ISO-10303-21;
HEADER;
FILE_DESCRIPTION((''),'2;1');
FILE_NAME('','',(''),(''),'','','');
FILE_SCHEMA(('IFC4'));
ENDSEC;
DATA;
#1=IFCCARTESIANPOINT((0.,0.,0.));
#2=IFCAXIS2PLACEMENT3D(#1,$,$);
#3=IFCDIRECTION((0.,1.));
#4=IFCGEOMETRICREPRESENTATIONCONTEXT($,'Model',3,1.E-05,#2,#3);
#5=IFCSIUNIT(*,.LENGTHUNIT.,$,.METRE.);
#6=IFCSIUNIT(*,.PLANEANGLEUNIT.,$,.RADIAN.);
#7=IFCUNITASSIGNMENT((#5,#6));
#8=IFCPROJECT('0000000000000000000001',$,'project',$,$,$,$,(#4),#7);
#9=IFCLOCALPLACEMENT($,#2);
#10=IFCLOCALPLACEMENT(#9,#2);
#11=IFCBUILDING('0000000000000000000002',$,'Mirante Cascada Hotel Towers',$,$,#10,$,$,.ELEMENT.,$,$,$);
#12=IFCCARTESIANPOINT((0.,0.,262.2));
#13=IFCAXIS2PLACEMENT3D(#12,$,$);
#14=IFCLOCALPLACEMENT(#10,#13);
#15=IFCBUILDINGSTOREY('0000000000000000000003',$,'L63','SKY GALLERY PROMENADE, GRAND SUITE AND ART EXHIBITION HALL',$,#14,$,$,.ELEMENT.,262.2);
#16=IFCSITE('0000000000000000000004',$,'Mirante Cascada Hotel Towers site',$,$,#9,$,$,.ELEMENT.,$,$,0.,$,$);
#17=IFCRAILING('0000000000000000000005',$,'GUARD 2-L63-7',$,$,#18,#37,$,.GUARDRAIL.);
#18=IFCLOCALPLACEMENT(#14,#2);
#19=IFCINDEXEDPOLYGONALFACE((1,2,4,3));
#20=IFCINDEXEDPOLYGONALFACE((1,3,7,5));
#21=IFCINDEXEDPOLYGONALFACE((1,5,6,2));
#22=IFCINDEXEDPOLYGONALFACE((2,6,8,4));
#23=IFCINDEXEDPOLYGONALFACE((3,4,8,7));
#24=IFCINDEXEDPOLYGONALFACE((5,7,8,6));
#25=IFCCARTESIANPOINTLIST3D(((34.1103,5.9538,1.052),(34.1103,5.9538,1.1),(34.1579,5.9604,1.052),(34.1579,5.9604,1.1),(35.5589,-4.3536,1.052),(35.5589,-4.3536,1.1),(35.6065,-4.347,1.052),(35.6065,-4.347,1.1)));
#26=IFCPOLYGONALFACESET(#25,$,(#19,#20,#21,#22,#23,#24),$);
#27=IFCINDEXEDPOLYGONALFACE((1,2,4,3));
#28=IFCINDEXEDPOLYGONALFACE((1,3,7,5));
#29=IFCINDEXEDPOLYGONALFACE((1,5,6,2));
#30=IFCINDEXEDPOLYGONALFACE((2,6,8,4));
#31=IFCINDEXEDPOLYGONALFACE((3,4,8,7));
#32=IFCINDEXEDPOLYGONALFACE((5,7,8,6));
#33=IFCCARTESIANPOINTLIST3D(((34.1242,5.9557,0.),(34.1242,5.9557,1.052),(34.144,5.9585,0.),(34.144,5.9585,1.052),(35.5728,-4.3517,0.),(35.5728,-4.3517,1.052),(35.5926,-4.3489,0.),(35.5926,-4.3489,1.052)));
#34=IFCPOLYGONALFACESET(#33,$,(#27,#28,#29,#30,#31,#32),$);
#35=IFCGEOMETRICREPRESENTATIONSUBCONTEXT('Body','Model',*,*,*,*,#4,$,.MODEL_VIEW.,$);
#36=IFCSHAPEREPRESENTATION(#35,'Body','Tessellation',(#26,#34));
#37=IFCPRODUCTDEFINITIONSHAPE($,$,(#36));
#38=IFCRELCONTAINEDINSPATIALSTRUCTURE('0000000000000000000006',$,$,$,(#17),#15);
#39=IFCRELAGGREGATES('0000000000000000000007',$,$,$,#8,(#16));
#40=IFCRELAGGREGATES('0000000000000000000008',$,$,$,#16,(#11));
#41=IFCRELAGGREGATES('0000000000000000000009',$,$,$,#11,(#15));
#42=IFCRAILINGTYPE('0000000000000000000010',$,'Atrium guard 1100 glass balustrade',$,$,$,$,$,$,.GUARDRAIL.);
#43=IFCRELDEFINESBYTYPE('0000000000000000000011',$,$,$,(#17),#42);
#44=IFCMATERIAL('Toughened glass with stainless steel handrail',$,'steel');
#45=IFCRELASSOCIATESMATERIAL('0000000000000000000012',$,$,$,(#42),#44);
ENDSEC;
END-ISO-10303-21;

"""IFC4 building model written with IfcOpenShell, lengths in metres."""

from ifc_helpers import new_model, si_unit, direction, frame, origin, origin_2d, place, context, subcontext, project, spatial, rectangle, extrude, material, type_object, element, save


model = new_model("IFC4")

# Units and contexts
model_context = context("Model", 3, precision=1e-05, world=origin(), true_north=direction((0.0, 1.0)))
body_context = subcontext(model_context, "Body", "Model", "MODEL_VIEW")
ifc_project = project(units=[si_unit("LENGTHUNIT", "METRE"), si_unit("PLANEANGLEUNIT", "RADIAN")], contexts=[model_context])

# Site, building, storey
site_placement = place(None, origin())
site = spatial("IfcSite", under=ifc_project, at=site_placement, Name="Mirante Cascada Hotel Towers site", CompositionType="ELEMENT", RefElevation=0.0)
building_placement = place(site_placement, origin())
building = spatial("IfcBuilding", under=site, at=building_placement, Name="Mirante Cascada Hotel Towers", CompositionType="ELEMENT")
storey_placement = place(building_placement, frame((0.0, 0.0, 262.2)))
storey = spatial("IfcBuildingStorey", under=building, at=storey_placement, Name="L63", Description="SKY GALLERY PROMENADE, GRAND SUITE AND ART EXHIBITION HALL", CompositionType="ELEMENT", Elevation=262.2)

# Railing
ifc_material_1 = material(Name="Toughened glass with stainless steel handrail", Category="steel")
railing_type = type_object("IfcRailingType", Name="Atrium guard 1100 glass balustrade", PredefinedType="GUARDRAIL", material=ifc_material_1)
railing_1_placement = place(storey_placement, frame((34.1341, 5.9571, 0.0)))
element("IfcRailing", 1, at=railing_1_placement, inside=storey, type_object=railing_type, Name="GUARD 2-L63-7", PredefinedType="GUARDRAIL", context=body_context, shape_type="SweptSolid", body=[
    extrude(rectangle(XDim=0.048, YDim=0.048, at=origin_2d()), frame((0.0, 0.0, 1.076), z_axis=(0.139172, -0.990268, 0.0), x_axis=(0.990268, 0.139172, 0.0)), (0.0, 0.0, 1.0), 10.4087),
    extrude(rectangle(XDim=0.02, YDim=1.052, at=origin_2d()), frame((0.0, 0.0, 0.526), z_axis=(0.139172, -0.990268, 0.0), x_axis=(0.990268, 0.139172, 0.0)), (0.0, 0.0, 1.0), 10.4087),
])

save(model, "model.ifc")
